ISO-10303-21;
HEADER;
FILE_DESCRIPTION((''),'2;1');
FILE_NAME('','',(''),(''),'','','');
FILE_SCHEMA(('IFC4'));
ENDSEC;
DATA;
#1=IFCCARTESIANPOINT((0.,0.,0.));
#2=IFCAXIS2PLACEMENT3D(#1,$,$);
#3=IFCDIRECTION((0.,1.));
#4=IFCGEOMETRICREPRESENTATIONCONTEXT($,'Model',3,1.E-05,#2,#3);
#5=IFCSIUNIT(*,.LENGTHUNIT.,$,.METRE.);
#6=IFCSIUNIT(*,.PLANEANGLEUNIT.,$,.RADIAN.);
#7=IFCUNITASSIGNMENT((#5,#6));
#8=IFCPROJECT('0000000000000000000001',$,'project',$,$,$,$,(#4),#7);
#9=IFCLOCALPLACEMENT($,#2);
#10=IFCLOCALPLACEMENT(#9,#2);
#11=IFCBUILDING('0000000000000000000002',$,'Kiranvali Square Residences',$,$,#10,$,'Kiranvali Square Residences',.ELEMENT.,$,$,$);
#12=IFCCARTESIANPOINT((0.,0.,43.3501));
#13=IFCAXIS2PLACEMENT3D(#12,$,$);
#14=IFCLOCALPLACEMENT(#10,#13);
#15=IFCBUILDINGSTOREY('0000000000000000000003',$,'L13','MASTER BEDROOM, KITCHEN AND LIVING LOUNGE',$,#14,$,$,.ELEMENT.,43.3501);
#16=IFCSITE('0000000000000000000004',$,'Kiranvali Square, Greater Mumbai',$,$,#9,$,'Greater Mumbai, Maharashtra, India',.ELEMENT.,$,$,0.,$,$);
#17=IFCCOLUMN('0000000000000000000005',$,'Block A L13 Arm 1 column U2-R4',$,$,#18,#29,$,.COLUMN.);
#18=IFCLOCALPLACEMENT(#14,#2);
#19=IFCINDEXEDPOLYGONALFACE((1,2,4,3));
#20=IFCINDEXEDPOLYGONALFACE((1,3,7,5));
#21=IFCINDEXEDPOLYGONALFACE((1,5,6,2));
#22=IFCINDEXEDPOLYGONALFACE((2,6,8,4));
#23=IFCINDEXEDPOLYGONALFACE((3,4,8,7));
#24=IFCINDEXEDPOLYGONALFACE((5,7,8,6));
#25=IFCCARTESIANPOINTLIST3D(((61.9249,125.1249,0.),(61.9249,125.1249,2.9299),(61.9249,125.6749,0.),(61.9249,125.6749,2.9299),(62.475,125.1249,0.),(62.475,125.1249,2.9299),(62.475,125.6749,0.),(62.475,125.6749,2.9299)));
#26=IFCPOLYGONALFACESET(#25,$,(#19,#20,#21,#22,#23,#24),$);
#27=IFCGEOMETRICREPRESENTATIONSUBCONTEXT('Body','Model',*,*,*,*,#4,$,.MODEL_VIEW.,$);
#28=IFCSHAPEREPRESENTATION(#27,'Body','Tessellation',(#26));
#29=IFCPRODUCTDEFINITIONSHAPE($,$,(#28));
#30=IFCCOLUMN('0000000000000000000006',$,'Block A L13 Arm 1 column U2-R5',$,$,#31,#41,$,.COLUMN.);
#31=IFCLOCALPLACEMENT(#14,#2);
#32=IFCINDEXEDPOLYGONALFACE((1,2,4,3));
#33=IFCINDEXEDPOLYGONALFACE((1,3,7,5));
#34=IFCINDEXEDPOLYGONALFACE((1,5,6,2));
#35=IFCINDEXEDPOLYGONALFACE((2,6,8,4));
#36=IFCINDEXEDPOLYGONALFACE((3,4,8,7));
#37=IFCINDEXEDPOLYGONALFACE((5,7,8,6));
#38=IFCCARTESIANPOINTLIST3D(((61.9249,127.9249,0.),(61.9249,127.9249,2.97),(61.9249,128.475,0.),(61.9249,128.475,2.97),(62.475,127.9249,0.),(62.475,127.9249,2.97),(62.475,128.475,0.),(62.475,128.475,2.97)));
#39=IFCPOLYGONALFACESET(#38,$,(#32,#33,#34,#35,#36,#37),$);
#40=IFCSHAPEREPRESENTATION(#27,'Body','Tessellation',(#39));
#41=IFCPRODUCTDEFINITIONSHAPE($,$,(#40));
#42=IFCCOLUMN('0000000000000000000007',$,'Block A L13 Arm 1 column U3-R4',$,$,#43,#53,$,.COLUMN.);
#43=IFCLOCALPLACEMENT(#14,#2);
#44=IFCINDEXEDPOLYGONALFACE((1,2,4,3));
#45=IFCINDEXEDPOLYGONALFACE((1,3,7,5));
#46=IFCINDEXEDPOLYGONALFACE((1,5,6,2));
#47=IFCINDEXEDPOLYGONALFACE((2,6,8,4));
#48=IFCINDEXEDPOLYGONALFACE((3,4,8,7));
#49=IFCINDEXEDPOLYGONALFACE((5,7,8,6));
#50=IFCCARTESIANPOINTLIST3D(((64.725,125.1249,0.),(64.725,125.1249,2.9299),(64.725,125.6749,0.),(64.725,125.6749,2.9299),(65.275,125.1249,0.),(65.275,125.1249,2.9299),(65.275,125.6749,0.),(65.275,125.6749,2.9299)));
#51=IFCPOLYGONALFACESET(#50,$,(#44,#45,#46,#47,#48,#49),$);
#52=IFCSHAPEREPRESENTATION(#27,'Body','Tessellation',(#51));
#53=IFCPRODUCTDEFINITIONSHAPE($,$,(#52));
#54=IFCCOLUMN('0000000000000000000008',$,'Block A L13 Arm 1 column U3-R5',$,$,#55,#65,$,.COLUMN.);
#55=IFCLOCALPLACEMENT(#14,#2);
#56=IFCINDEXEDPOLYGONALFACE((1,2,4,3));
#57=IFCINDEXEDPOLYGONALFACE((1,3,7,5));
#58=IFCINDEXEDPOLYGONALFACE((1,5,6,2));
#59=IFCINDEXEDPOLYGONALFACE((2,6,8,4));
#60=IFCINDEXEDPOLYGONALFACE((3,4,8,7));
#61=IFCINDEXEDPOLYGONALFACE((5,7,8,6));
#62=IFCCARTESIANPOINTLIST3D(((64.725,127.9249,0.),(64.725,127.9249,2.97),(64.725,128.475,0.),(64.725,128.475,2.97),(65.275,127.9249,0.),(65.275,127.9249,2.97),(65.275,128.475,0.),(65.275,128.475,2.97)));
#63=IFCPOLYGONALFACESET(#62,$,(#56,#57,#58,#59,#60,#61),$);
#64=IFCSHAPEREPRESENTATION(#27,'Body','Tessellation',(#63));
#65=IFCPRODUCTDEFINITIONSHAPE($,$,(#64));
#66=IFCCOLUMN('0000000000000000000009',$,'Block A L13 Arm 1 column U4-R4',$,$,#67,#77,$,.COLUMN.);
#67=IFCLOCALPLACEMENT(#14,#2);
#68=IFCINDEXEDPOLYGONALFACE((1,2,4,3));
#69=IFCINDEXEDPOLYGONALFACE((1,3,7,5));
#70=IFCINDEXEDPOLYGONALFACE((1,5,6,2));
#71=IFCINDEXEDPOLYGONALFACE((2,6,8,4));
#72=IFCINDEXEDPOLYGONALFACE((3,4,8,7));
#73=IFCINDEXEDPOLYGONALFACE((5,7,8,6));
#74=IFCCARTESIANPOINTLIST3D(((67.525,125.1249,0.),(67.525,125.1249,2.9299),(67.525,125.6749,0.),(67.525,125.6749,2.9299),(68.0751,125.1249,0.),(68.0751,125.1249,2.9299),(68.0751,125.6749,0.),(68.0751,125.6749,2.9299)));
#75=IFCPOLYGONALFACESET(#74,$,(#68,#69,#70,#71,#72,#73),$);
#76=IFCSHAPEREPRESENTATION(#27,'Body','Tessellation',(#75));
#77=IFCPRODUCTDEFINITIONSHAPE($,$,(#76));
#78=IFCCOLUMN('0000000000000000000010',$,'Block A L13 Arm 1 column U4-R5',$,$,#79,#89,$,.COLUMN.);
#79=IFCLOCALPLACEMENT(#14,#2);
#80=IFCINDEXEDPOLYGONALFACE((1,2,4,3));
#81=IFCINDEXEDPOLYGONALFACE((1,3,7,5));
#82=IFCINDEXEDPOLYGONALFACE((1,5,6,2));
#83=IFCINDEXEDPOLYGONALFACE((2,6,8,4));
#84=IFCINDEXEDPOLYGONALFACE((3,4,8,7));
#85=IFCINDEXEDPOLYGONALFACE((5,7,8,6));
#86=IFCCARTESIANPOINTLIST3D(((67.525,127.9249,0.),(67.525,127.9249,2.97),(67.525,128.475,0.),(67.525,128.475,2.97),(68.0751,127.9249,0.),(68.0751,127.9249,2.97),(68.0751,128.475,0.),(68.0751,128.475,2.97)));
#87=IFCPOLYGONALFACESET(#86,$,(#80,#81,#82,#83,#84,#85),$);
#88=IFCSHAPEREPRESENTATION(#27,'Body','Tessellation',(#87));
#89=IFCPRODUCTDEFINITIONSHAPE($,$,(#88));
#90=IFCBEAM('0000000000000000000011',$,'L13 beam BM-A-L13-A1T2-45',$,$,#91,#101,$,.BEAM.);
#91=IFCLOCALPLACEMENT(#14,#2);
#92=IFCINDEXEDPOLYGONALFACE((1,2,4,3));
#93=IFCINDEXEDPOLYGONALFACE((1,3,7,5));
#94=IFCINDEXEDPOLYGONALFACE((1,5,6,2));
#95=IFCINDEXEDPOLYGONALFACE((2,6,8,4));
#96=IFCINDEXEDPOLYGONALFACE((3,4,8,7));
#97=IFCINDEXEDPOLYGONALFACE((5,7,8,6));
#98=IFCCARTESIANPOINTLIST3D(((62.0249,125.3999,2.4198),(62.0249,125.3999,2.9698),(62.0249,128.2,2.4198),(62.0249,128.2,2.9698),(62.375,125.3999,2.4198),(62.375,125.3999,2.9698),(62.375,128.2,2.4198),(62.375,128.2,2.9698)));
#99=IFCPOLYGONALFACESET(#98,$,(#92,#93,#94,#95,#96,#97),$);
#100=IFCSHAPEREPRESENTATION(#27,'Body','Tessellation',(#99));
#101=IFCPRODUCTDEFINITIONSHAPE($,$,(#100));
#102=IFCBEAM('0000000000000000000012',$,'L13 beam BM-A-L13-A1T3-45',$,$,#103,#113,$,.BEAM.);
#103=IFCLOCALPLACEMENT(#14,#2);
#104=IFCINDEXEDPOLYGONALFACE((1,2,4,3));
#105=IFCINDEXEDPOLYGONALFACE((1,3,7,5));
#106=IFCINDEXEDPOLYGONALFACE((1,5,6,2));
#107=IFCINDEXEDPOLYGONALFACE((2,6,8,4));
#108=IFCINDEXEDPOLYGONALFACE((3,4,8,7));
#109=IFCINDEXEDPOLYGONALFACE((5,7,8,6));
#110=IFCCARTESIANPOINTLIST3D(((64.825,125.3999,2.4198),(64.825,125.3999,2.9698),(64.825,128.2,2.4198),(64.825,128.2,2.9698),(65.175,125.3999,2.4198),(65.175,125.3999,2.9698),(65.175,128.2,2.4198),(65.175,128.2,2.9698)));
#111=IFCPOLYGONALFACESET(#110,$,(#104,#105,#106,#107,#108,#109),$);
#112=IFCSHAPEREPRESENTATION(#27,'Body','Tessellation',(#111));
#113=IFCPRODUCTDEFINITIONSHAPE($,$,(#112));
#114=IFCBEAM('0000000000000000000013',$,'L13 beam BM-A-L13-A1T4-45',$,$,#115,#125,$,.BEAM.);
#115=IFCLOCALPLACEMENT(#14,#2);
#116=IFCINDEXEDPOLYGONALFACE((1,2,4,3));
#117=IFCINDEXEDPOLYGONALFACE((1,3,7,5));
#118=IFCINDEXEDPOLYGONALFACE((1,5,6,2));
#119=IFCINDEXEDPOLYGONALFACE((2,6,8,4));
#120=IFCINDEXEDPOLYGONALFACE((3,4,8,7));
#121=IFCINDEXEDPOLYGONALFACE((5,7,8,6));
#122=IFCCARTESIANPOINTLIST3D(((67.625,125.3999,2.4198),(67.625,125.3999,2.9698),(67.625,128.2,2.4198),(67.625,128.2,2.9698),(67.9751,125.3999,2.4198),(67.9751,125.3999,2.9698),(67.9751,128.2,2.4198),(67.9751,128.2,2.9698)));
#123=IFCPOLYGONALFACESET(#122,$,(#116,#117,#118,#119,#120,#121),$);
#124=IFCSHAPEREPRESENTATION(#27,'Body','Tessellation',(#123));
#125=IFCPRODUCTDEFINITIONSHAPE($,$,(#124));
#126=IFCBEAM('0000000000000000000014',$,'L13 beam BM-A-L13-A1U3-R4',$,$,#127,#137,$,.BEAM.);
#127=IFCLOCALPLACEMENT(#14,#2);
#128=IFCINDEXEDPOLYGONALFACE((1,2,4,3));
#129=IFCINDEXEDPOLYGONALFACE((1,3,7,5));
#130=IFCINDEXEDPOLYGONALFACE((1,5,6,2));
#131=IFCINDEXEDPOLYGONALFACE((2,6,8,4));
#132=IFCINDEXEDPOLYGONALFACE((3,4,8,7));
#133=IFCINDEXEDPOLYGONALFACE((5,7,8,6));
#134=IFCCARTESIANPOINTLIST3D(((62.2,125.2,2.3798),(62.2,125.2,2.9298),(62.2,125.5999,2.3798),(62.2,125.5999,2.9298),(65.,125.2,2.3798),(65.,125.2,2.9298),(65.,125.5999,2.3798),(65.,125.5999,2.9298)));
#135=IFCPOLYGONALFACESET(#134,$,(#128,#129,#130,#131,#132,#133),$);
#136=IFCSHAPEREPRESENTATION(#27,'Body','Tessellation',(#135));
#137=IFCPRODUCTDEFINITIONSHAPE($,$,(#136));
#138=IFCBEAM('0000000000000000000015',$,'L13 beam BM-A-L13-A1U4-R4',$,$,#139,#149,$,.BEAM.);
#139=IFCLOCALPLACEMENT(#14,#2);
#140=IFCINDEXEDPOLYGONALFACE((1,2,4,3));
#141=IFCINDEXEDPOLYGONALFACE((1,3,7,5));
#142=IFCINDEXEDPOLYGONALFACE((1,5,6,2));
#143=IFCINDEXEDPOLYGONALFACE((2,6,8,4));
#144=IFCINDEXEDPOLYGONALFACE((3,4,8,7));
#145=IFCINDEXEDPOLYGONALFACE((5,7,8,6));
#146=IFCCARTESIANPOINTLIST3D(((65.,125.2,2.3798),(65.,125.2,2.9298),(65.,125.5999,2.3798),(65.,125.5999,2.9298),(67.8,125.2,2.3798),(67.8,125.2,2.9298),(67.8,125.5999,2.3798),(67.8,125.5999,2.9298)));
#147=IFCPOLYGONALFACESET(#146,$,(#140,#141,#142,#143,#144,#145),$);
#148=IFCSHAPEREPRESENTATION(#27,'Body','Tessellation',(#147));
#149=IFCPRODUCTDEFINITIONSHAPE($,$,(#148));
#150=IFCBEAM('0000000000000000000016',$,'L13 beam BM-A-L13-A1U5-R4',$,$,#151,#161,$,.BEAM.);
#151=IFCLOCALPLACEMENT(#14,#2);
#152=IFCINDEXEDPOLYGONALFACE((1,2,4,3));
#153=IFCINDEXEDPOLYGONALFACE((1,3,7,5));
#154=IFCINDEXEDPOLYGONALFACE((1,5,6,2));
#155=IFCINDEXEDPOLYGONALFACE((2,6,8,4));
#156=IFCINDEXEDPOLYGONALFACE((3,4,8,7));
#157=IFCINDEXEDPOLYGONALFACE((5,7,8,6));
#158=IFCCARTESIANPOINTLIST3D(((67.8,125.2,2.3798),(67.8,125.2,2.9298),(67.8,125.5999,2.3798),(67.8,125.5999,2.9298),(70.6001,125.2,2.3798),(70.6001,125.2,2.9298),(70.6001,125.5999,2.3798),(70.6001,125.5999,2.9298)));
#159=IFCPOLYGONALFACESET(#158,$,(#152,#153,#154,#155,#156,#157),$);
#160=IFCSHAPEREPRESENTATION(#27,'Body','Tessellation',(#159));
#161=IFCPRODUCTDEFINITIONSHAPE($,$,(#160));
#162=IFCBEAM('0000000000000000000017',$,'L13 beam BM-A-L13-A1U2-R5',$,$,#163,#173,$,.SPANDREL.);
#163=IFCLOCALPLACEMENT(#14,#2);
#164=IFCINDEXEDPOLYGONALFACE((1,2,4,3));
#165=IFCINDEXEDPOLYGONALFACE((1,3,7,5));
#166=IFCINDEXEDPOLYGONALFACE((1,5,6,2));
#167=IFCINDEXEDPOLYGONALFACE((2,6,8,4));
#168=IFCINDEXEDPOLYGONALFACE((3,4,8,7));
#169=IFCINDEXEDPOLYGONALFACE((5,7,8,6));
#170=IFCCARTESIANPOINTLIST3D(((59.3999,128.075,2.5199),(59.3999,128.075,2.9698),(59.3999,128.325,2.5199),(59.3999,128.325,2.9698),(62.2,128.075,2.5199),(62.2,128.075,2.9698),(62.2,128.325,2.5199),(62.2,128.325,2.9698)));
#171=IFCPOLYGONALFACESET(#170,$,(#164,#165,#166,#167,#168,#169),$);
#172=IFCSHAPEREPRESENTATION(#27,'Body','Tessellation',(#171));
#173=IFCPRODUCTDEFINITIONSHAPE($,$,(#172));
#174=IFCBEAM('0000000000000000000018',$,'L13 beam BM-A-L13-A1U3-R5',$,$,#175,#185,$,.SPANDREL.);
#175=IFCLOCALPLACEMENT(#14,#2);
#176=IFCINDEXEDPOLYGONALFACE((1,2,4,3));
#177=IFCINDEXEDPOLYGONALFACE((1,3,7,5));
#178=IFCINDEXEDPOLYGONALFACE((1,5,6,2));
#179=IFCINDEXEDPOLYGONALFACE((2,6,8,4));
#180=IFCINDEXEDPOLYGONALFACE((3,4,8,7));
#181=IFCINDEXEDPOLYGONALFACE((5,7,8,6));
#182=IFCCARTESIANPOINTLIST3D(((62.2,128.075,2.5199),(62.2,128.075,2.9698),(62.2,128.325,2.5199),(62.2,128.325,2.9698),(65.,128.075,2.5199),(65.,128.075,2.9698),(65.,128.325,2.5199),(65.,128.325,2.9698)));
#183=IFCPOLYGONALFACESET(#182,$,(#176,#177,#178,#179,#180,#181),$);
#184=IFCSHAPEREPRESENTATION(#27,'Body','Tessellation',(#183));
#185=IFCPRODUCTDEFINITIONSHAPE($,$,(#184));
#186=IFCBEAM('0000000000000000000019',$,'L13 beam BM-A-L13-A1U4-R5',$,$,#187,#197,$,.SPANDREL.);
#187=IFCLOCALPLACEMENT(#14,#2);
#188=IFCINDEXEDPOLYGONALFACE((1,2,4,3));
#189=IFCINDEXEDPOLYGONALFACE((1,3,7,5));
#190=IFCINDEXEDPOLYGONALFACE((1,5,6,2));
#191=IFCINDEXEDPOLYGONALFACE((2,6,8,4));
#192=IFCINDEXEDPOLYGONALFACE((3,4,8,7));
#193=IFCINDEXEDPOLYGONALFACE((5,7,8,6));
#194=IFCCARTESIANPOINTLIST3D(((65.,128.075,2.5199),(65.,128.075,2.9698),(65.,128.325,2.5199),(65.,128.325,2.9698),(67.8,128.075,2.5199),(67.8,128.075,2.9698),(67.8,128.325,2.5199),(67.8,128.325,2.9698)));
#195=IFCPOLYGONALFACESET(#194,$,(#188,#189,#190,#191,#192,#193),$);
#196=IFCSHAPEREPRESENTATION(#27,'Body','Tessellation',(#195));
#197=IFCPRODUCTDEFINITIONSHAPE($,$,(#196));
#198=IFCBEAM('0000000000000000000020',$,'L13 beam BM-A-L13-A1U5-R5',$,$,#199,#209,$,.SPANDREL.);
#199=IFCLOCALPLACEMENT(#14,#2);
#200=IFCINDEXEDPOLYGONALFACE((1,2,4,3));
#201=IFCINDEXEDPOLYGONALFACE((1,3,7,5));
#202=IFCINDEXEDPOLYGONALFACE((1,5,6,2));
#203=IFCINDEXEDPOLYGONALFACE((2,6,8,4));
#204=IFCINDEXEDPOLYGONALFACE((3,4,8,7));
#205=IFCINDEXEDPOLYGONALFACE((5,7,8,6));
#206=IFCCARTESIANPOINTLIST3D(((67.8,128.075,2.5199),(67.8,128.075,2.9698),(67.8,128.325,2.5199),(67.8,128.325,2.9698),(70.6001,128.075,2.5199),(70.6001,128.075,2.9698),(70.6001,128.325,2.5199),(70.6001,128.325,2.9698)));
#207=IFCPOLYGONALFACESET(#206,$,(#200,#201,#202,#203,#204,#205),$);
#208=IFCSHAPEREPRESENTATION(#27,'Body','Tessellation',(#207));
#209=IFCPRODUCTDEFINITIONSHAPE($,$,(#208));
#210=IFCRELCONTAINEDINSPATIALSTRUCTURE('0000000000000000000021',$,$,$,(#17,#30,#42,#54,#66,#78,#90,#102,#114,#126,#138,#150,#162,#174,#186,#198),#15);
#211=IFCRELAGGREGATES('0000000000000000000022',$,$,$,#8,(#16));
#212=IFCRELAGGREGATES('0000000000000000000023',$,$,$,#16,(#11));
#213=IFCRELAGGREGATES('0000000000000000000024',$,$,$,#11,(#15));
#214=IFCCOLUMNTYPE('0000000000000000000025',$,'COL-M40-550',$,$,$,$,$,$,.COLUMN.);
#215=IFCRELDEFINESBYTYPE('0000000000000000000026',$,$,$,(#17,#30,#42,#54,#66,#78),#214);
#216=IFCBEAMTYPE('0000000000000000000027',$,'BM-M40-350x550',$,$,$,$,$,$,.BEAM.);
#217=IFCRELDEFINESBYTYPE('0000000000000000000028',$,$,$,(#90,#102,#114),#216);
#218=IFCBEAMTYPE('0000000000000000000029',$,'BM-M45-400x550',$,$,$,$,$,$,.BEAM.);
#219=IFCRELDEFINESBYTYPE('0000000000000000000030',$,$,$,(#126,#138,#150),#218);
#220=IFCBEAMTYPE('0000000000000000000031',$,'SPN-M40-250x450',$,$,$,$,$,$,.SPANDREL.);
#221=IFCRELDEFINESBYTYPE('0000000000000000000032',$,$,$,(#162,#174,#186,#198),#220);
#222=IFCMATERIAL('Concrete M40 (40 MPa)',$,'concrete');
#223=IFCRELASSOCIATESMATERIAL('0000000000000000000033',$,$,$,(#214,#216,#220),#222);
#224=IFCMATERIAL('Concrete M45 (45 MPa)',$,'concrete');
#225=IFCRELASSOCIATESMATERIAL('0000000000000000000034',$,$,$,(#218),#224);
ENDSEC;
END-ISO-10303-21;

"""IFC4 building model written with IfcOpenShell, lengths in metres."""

from ifc_helpers import new_model, si_unit, direction, frame, origin, origin_2d, place, context, subcontext, project, spatial, rectangle, extrude, material, material_profile, profile_set, type_object, element, save


model = new_model("IFC4")

# Units and contexts
model_context = context("Model", 3, precision=1e-05, world=origin(), true_north=direction((0.0, 1.0)))
body_context = subcontext(model_context, "Body", "Model", "MODEL_VIEW")
ifc_project = project(units=[si_unit("LENGTHUNIT", "METRE"), si_unit("PLANEANGLEUNIT", "RADIAN")], contexts=[model_context])

# Site, building, storey
site_placement = place(None, origin())
site = spatial("IfcSite", under=ifc_project, at=site_placement, Name="Kiranvali Square, Greater Mumbai", LongName="Greater Mumbai, Maharashtra, India", CompositionType="ELEMENT", RefElevation=0.0)
building_placement = place(site_placement, origin())
building = spatial("IfcBuilding", under=site, at=building_placement, Name="Kiranvali Square Residences", LongName="Kiranvali Square Residences", CompositionType="ELEMENT")
storey_placement = place(building_placement, frame((0.0, 0.0, 43.3501)))
storey = spatial("IfcBuildingStorey", under=building, at=storey_placement, Name="L13", Description="MASTER BEDROOM, KITCHEN AND LIVING LOUNGE", CompositionType="ELEMENT", Elevation=43.3501)

# Columns
ifc_material_1 = material(Name="Concrete M40 (40 MPa)", Category="concrete")
ifc_material_profile_1 = material_profile(ifc_material_1, rectangle(XDim=0.55, YDim=0.55, at=origin_2d()), Name="RC 550x550")
ifc_profile_set_1 = profile_set([ifc_material_profile_1], Name="Concrete M40 (40 MPa)")
column_type = type_object("IfcColumnType", Name="COL-M40-550", PredefinedType="COLUMN", material=ifc_profile_set_1)
column_1_placement = place(storey_placement, frame((62.2, 125.3999, 0.0), z_axis=(0.0, 0.0, 1.0), x_axis=(1.0, 0.0, 0.0)))
element("IfcColumn", 1, at=column_1_placement, inside=storey, type_object=column_type, Name="Block A L13 Arm 1 column U2-R4", PredefinedType="COLUMN", context=body_context, shape_type="SweptSolid", body=[
    extrude(rectangle(XDim=0.55, YDim=0.55, at=origin_2d()), origin(), (0.0, 0.0, 1.0), 2.9299),
])
column_2_placement = place(storey_placement, frame((62.2, 128.2, 0.0), z_axis=(0.0, 0.0, 1.0), x_axis=(1.0, 0.0, 0.0)))
element("IfcColumn", 2, at=column_2_placement, inside=storey, type_object=column_type, Name="Block A L13 Arm 1 column U2-R5", PredefinedType="COLUMN", context=body_context, shape_type="SweptSolid", body=[
    extrude(rectangle(XDim=0.55, YDim=0.55, at=origin_2d()), origin(), (0.0, 0.0, 1.0), 2.97),
])
column_3_placement = place(storey_placement, frame((65.0, 125.3999, 0.0), z_axis=(0.0, 0.0, 1.0), x_axis=(1.0, 0.0, 0.0)))
element("IfcColumn", 3, at=column_3_placement, inside=storey, type_object=column_type, Name="Block A L13 Arm 1 column U3-R4", PredefinedType="COLUMN", context=body_context, shape_type="SweptSolid", body=[
    extrude(rectangle(XDim=0.55, YDim=0.55, at=origin_2d()), origin(), (0.0, 0.0, 1.0), 2.9299),
])
column_4_placement = place(storey_placement, frame((65.0, 128.2, 0.0), z_axis=(0.0, 0.0, 1.0), x_axis=(1.0, 0.0, 0.0)))
element("IfcColumn", 4, at=column_4_placement, inside=storey, type_object=column_type, Name="Block A L13 Arm 1 column U3-R5", PredefinedType="COLUMN", context=body_context, shape_type="SweptSolid", body=[
    extrude(rectangle(XDim=0.55, YDim=0.55, at=origin_2d()), origin(), (0.0, 0.0, 1.0), 2.97),
])
column_5_placement = place(storey_placement, frame((67.8, 125.3999, 0.0), z_axis=(0.0, 0.0, 1.0), x_axis=(1.0, 0.0, 0.0)))
element("IfcColumn", 5, at=column_5_placement, inside=storey, type_object=column_type, Name="Block A L13 Arm 1 column U4-R4", PredefinedType="COLUMN", context=body_context, shape_type="SweptSolid", body=[
    extrude(rectangle(XDim=0.55, YDim=0.55, at=origin_2d()), origin(), (0.0, 0.0, 1.0), 2.9299),
])
column_6_placement = place(storey_placement, frame((67.8, 128.2, 0.0), z_axis=(0.0, 0.0, 1.0), x_axis=(1.0, 0.0, 0.0)))
element("IfcColumn", 6, at=column_6_placement, inside=storey, type_object=column_type, Name="Block A L13 Arm 1 column U4-R5", PredefinedType="COLUMN", context=body_context, shape_type="SweptSolid", body=[
    extrude(rectangle(XDim=0.55, YDim=0.55, at=origin_2d()), origin(), (0.0, 0.0, 1.0), 2.97),
])

# Beams
ifc_material_profile_2 = material_profile(ifc_material_1, rectangle(XDim=0.3501, YDim=0.55, at=origin_2d()), Name="RC 350x550")
ifc_profile_set_2 = profile_set([ifc_material_profile_2], Name="Concrete M40 (40 MPa)")
beam_type_1 = type_object("IfcBeamType", Name="BM-M40-350x550", PredefinedType="BEAM", material=ifc_profile_set_2)
for number, where, z_axis, x_axis, name in (
    (7, (62.2, 125.3999, 2.6948), (0.0, 1.0, 0.0), (-1.0, 0.0, 0.0), "L13 beam BM-A-L13-A1T2-45"),
    (8, (65.0, 125.3999, 2.6948), (0.0, 1.0, 0.0), (-1.0, 0.0, 0.0), "L13 beam BM-A-L13-A1T3-45"),
    (9, (67.8, 125.3999, 2.6948), (0.0, 1.0, 0.0), (-1.0, 0.0, 0.0), "L13 beam BM-A-L13-A1T4-45"),
):
    element("IfcBeam", number, at=place(storey_placement, frame(where, z_axis=z_axis, x_axis=x_axis)), inside=storey, type_object=beam_type_1, Name=name, PredefinedType="BEAM", context=body_context, shape_type="SweptSolid", body=[
        extrude(rectangle(XDim=0.3501, YDim=0.55, at=origin_2d()), origin(), (0.0, 0.0, 1.0), 2.8),
    ])
ifc_material_2 = material(Name="Concrete M45 (45 MPa)", Category="concrete")
ifc_material_profile_3 = material_profile(ifc_material_2, rectangle(XDim=0.3999, YDim=0.55, at=origin_2d()), Name="RC 400x550")
ifc_profile_set_3 = profile_set([ifc_material_profile_3], Name="Concrete M45 (45 MPa)")
beam_type_2 = type_object("IfcBeamType", Name="BM-M45-400x550", PredefinedType="BEAM", material=ifc_profile_set_3)
for number, where, z_axis, x_axis, name in (
    (10, (62.2, 125.3999, 2.6548), (1.0, 0.0, 0.0), (0.0, 1.0, 0.0), "L13 beam BM-A-L13-A1U3-R4"),
    (11, (65.0, 125.3999, 2.6548), (1.0, 0.0, 0.0), (0.0, 1.0, 0.0), "L13 beam BM-A-L13-A1U4-R4"),
    (12, (67.8, 125.3999, 2.6548), (1.0, 0.0, 0.0), (0.0, 1.0, 0.0), "L13 beam BM-A-L13-A1U5-R4"),
):
    element("IfcBeam", number, at=place(storey_placement, frame(where, z_axis=z_axis, x_axis=x_axis)), inside=storey, type_object=beam_type_2, Name=name, PredefinedType="BEAM", context=body_context, shape_type="SweptSolid", body=[
        extrude(rectangle(XDim=0.3999, YDim=0.55, at=origin_2d()), origin(), (0.0, 0.0, 1.0), 2.8),
    ])
ifc_material_profile_4 = material_profile(ifc_material_1, rectangle(XDim=0.25, YDim=0.45, at=origin_2d()), Name="RC 250x450")
ifc_profile_set_4 = profile_set([ifc_material_profile_4], Name="Concrete M40 (40 MPa)")
beam_type_3 = type_object("IfcBeamType", Name="SPN-M40-250x450", PredefinedType="SPANDREL", material=ifc_profile_set_4)
for number, where, z_axis, x_axis, name in (
    (13, (59.3999, 128.2, 2.7449), (1.0, 0.0, 0.0), (0.0, 1.0, 0.0), "L13 beam BM-A-L13-A1U2-R5"),
    (14, (62.2, 128.2, 2.7449), (1.0, 0.0, 0.0), (0.0, 1.0, 0.0), "L13 beam BM-A-L13-A1U3-R5"),
    (15, (65.0, 128.2, 2.7449), (1.0, 0.0, 0.0), (0.0, 1.0, 0.0), "L13 beam BM-A-L13-A1U4-R5"),
    (16, (67.8, 128.2, 2.7449), (1.0, 0.0, 0.0), (0.0, 1.0, 0.0), "L13 beam BM-A-L13-A1U5-R5"),
):
    element("IfcBeam", number, at=place(storey_placement, frame(where, z_axis=z_axis, x_axis=x_axis)), inside=storey, type_object=beam_type_3, Name=name, PredefinedType="SPANDREL", context=body_context, shape_type="SweptSolid", body=[
        extrude(rectangle(XDim=0.25, YDim=0.45, at=origin_2d()), origin(), (0.0, 0.0, 1.0), 2.8),
    ])

save(model, "model.ifc")
